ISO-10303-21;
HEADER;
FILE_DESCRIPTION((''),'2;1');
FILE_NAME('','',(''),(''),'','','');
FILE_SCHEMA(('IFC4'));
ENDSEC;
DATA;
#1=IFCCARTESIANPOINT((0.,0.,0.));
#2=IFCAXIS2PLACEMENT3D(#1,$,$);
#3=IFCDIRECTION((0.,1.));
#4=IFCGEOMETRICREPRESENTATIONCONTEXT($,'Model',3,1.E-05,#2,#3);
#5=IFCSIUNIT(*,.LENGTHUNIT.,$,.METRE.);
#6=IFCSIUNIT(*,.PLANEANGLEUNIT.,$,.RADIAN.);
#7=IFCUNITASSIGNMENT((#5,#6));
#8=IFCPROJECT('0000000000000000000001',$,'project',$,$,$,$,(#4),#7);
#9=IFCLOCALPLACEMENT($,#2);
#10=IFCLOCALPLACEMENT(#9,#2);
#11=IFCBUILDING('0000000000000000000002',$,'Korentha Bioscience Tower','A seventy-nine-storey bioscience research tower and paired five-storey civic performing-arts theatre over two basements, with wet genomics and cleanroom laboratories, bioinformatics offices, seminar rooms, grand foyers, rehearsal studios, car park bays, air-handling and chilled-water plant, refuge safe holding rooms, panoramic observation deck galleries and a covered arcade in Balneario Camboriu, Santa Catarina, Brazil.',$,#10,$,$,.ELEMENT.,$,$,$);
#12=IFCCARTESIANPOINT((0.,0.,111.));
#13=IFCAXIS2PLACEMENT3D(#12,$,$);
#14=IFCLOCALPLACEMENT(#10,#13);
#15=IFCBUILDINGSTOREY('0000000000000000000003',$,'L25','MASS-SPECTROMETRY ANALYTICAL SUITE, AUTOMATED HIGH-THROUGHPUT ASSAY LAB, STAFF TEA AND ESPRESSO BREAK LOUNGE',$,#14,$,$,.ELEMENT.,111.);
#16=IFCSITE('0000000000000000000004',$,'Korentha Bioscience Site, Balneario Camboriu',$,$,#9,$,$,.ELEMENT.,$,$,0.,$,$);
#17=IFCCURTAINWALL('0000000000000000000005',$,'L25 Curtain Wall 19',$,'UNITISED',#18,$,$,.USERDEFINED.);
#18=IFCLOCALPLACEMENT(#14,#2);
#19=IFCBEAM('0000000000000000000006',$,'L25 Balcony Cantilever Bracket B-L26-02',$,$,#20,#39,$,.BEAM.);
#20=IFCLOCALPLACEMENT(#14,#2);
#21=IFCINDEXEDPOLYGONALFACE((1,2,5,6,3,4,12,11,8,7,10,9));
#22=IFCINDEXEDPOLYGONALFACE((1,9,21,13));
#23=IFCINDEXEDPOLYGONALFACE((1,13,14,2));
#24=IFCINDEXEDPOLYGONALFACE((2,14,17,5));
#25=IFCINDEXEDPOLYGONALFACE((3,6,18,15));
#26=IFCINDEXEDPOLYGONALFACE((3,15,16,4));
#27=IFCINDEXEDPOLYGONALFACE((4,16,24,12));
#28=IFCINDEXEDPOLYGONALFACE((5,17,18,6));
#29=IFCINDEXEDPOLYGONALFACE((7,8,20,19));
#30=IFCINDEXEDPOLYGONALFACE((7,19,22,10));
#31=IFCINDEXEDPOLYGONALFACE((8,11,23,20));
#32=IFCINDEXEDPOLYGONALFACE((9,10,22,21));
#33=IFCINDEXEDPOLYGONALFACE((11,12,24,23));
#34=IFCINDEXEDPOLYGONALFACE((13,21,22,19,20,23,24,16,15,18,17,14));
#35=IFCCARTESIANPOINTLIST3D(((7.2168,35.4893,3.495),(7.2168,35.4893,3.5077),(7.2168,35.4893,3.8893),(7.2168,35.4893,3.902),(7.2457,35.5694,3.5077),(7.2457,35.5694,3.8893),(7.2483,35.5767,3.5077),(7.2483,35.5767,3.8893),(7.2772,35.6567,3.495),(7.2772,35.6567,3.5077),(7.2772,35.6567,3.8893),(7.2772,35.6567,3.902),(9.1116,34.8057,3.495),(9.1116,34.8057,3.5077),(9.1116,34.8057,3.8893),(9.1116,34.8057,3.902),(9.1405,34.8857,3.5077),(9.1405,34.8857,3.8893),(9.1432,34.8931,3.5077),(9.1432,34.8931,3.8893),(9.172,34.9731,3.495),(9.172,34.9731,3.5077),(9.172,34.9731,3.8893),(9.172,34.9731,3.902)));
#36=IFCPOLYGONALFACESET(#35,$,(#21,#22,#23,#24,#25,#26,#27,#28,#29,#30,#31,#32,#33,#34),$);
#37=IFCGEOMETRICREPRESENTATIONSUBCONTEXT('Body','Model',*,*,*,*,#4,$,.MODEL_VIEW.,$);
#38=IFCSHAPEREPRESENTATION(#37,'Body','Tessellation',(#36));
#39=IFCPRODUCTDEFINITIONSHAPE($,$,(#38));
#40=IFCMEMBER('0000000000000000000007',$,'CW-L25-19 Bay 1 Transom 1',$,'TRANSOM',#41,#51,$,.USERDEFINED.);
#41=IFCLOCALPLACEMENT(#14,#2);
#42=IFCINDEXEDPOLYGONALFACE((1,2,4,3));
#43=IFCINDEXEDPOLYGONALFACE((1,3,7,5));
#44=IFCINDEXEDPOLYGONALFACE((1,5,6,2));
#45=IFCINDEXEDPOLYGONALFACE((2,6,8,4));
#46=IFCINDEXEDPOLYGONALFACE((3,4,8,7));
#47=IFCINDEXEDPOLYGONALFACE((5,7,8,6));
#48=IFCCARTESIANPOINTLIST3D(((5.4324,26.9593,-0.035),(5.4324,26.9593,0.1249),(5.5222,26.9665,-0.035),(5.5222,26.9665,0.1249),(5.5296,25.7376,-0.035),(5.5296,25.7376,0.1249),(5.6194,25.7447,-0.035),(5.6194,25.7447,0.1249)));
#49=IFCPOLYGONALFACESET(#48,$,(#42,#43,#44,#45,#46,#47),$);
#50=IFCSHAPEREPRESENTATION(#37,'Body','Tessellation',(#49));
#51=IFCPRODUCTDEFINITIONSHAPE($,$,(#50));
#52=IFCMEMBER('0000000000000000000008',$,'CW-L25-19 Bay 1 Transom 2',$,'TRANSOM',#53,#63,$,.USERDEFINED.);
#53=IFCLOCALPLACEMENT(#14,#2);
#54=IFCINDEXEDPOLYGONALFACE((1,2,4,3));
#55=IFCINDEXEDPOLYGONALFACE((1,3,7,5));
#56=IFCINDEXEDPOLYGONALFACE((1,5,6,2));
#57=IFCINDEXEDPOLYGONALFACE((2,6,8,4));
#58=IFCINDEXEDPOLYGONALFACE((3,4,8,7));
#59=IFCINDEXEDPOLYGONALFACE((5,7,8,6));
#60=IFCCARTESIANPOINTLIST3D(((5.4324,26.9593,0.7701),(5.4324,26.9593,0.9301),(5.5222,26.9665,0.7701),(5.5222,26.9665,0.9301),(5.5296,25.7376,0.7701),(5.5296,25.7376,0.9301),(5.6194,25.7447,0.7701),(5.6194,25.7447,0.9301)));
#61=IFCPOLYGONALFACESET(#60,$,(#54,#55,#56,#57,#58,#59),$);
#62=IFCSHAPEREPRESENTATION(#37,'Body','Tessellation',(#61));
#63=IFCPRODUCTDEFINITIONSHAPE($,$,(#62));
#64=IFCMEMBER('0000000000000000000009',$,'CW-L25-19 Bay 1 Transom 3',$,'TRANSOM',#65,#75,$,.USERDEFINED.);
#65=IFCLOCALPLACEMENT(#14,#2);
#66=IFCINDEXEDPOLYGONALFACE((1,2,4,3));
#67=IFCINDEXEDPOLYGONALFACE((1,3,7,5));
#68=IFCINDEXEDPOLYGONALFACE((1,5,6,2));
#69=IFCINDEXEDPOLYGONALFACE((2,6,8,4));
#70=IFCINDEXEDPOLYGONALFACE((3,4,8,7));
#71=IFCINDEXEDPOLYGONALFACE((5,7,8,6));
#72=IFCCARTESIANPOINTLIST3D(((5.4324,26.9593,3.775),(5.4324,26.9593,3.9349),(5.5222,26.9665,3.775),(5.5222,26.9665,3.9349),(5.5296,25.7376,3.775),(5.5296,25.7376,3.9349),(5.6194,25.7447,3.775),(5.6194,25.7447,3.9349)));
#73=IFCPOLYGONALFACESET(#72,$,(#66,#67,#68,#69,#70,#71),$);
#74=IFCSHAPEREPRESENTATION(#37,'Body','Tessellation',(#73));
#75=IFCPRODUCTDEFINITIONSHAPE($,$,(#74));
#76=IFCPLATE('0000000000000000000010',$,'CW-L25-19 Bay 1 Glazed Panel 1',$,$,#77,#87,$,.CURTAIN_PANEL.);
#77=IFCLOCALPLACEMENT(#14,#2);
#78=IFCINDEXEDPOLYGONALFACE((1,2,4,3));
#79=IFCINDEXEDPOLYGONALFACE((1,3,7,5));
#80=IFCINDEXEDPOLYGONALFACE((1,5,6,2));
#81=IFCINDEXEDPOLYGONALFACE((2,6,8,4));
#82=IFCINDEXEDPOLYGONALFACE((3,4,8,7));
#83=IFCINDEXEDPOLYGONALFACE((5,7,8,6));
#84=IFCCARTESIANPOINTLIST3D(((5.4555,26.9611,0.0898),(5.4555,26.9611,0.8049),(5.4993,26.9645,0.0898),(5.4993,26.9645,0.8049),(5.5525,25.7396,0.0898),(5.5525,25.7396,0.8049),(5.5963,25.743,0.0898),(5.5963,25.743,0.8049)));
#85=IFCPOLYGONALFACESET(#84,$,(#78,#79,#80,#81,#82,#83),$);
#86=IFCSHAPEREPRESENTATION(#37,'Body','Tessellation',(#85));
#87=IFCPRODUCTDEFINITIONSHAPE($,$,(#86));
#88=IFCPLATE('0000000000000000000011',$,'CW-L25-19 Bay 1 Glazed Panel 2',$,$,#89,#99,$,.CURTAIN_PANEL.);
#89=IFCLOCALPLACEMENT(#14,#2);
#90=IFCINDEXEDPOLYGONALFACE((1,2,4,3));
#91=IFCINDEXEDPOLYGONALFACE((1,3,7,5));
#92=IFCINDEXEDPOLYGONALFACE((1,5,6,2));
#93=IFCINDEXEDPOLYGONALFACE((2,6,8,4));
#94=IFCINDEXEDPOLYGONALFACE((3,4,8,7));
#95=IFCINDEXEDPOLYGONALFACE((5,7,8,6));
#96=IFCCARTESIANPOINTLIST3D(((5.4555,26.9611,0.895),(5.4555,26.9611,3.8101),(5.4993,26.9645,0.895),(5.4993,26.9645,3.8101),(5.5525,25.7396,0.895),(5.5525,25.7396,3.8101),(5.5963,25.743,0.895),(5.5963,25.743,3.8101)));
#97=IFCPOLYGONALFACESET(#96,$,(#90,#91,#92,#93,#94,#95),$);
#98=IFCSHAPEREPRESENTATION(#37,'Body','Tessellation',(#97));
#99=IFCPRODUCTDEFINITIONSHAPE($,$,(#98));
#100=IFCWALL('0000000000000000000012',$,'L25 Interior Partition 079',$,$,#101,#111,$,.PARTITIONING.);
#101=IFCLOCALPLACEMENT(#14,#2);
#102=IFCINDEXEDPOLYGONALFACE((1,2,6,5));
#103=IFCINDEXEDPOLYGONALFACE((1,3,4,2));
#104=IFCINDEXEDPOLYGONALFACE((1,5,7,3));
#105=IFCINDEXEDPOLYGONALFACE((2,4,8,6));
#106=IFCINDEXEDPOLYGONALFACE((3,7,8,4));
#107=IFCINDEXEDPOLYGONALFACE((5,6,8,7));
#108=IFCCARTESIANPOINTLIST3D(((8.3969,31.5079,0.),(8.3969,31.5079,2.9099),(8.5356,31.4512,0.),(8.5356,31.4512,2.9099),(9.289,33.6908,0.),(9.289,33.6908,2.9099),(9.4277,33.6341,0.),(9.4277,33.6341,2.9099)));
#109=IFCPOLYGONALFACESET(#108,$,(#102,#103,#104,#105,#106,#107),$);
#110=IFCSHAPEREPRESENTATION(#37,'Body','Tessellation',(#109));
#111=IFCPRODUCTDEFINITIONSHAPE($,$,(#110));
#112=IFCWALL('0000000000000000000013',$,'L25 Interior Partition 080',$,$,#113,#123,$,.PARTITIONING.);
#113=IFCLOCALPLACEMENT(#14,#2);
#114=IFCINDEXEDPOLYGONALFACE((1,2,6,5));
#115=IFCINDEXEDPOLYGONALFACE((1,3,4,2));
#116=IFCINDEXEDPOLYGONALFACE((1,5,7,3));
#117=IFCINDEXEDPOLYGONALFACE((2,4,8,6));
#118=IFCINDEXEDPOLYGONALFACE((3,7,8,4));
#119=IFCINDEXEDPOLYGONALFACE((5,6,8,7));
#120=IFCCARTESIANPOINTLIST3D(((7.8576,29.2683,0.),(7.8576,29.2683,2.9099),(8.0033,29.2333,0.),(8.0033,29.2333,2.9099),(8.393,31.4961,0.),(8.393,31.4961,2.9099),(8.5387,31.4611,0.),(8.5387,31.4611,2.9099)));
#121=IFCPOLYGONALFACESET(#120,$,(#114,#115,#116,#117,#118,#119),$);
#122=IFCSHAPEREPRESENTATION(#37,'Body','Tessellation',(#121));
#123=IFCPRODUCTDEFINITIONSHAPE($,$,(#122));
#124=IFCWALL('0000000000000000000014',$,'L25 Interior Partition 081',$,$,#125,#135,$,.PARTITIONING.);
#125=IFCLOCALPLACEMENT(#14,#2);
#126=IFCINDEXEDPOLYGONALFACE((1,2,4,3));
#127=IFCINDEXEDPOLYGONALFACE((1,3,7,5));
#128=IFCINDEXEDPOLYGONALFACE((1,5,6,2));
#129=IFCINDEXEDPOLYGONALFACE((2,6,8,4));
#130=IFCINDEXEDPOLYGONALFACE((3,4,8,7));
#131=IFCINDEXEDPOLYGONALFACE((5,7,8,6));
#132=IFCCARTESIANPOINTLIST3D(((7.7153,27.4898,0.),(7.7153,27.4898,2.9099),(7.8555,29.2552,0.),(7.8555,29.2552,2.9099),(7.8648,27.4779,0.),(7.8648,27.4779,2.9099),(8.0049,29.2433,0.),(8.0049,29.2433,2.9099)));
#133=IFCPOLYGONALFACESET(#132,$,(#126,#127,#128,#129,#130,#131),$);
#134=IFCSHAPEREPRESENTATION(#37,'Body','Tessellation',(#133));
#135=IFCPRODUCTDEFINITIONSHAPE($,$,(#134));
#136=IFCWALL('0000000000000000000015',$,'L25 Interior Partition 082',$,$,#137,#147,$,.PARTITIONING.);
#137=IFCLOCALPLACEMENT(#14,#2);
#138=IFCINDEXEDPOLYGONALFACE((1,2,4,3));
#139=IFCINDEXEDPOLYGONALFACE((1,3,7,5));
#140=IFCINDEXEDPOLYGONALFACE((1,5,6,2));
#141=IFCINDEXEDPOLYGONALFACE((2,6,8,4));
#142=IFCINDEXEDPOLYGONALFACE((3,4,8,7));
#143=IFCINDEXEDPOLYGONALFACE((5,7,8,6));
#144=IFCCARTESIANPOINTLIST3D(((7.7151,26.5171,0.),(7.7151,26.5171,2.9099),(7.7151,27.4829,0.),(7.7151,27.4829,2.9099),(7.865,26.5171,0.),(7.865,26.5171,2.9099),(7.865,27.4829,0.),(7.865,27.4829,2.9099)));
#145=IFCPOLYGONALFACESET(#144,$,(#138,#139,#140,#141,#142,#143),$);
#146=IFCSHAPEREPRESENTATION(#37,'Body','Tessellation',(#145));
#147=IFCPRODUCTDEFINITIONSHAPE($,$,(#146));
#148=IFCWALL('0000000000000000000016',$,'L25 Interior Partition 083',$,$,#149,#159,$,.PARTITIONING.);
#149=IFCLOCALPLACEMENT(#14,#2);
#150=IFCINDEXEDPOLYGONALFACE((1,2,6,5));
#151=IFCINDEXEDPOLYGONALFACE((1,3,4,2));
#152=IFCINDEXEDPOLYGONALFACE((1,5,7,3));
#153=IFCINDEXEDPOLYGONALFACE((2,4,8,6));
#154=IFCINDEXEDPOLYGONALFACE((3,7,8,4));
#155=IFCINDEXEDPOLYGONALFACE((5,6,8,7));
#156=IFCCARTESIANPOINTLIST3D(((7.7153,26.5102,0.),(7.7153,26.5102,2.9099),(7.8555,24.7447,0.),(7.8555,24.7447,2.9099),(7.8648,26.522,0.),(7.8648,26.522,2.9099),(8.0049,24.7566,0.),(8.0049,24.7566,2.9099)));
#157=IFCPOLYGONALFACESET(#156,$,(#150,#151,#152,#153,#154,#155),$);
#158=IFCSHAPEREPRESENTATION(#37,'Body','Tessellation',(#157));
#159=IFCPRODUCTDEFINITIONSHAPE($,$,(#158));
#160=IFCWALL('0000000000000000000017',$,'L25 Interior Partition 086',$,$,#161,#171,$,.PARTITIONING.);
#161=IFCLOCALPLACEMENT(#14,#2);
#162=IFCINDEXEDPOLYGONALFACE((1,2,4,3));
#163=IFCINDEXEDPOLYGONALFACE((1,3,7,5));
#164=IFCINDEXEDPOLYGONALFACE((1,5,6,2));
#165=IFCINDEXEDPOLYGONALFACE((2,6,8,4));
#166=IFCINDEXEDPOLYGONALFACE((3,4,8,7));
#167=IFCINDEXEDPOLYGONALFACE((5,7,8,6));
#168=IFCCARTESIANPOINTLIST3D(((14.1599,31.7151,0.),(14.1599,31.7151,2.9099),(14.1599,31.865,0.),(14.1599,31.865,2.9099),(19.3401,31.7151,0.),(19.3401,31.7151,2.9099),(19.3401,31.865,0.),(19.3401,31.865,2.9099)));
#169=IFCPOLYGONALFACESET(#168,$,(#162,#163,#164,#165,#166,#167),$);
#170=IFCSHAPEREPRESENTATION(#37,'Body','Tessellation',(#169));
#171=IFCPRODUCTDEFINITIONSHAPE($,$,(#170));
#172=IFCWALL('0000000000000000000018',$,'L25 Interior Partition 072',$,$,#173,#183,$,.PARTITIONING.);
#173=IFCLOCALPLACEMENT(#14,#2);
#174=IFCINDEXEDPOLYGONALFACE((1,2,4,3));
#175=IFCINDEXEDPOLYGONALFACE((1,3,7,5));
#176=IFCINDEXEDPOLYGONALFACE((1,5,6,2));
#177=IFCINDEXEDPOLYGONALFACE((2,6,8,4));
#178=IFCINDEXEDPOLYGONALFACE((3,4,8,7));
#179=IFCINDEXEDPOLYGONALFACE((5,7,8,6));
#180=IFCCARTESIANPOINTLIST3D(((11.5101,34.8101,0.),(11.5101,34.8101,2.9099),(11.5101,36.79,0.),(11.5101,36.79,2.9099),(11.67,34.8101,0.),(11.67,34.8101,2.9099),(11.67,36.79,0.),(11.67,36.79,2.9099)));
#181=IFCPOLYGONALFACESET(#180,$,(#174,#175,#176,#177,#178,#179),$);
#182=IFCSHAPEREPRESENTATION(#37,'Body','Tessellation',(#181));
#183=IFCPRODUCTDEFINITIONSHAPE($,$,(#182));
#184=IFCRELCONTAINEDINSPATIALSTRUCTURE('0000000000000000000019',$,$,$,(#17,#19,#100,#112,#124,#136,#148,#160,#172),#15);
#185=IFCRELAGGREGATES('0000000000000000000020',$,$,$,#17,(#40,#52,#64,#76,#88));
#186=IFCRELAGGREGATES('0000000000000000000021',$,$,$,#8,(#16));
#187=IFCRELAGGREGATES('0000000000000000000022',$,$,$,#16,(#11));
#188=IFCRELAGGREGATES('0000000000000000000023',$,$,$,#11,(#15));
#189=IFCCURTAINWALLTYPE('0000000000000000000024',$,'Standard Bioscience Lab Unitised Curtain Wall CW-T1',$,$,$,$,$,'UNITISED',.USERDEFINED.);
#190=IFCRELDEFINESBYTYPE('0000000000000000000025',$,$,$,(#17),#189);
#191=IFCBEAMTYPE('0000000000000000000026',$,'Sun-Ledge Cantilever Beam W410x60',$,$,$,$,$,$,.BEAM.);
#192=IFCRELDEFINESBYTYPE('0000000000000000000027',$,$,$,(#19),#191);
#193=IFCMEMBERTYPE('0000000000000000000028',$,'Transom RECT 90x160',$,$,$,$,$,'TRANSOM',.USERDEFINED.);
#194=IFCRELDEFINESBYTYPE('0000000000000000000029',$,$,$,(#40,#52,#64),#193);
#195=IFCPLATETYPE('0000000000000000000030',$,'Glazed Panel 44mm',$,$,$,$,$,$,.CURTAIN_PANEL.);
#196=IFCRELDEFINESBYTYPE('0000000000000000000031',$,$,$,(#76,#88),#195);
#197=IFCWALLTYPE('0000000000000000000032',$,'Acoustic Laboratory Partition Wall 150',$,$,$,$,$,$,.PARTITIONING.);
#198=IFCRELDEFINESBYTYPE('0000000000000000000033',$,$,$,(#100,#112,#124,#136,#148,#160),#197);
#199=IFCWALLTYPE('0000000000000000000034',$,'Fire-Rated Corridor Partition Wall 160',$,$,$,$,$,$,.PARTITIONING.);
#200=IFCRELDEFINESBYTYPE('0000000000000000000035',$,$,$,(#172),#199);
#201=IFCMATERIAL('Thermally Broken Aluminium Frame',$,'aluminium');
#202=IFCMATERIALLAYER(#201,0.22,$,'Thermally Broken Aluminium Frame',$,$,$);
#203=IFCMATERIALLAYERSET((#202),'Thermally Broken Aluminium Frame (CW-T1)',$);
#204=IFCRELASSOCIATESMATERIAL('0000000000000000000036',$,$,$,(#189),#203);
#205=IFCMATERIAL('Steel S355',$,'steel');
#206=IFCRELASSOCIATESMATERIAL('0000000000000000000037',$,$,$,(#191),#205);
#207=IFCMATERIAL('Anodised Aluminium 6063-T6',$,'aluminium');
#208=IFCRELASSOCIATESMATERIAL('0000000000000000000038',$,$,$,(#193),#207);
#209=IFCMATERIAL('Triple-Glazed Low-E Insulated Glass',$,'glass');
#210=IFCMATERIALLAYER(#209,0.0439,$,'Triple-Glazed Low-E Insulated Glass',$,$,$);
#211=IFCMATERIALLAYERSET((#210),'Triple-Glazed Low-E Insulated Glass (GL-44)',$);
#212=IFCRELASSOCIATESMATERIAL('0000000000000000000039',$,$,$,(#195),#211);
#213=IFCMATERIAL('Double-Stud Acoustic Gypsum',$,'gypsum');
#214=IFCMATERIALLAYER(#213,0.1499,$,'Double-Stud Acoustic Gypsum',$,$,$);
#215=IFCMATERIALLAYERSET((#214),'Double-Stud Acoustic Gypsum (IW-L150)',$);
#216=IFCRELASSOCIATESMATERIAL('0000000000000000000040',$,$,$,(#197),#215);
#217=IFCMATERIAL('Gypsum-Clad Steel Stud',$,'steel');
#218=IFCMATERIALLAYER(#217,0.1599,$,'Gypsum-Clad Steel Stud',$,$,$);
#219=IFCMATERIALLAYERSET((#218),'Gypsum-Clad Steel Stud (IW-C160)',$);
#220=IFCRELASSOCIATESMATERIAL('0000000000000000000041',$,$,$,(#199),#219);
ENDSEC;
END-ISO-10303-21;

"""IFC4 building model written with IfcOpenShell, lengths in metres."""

from ifc_helpers import new_model, si_unit, direction, frame, frame_2d, origin, origin_2d, place, context, subcontext, project, spatial, rectangle, i_section, extrude, material, layer, layer_set, material_profile, profile_set, type_object, element, aggregate, save


model = new_model("IFC4")

# Units and contexts
model_context = context("Model", 3, precision=1e-05, world=origin(), true_north=direction((0.0, 1.0)))
body_context = subcontext(model_context, "Body", "Model", "MODEL_VIEW")
ifc_project = project(units=[si_unit("LENGTHUNIT", "METRE"), si_unit("PLANEANGLEUNIT", "RADIAN")], contexts=[model_context])

# Site, building, storey
site_placement = place(None, origin())
site = spatial("IfcSite", under=ifc_project, at=site_placement, Name="Korentha Bioscience Site, Balneario Camboriu", CompositionType="ELEMENT", RefElevation=0.0)
building_placement = place(site_placement, origin())
building = spatial("IfcBuilding", under=site, at=building_placement, Name="Korentha Bioscience Tower", Description="A seventy-nine-storey bioscience research tower and paired five-storey civic performing-arts theatre over two basements, with wet genomics and cleanroom laboratories, bioinformatics offices, seminar rooms, grand foyers, rehearsal studios, car park bays, air-handling and chilled-water plant, refuge safe holding rooms, panoramic observation deck galleries and a covered arcade in Balneario Camboriu, Santa Catarina, Brazil.", CompositionType="ELEMENT")
storey_placement = place(building_placement, frame((0.0, 0.0, 111.0)))
storey = spatial("IfcBuildingStorey", under=building, at=storey_placement, Name="L25", Description="MASS-SPECTROMETRY ANALYTICAL SUITE, AUTOMATED HIGH-THROUGHPUT ASSAY LAB, STAFF TEA AND ESPRESSO BREAK LOUNGE", CompositionType="ELEMENT", Elevation=111.0)

# Curtain wall
ifc_material_1 = material(Name="Thermally Broken Aluminium Frame", Category="aluminium")
ifc_layer_1 = layer(ifc_material_1, 0.22, Name="Thermally Broken Aluminium Frame")
ifc_layer_set_1 = layer_set([ifc_layer_1], Name="Thermally Broken Aluminium Frame (CW-T1)")
curtain_wall_type = type_object("IfcCurtainWallType", Name="Standard Bioscience Lab Unitised Curtain Wall CW-T1", ElementType="UNITISED", PredefinedType="USERDEFINED", material=ifc_layer_set_1)
curtain_wall_placement = place(storey_placement, origin())
curtain_wall = element("IfcCurtainWall", 1, at=curtain_wall_placement, inside=storey, type_object=curtain_wall_type, Name="L25 Curtain Wall 19", ObjectType="UNITISED", PredefinedType="USERDEFINED")
ifc_material_2 = material(Name="Anodised Aluminium 6063-T6", Category="aluminium")

# Beam
ifc_material_3 = material(Name="Steel S355", Category="steel")
ifc_material_profile_1 = material_profile(ifc_material_3, i_section(OverallWidth=0.178, OverallDepth=0.407, WebThickness=0.0078, FlangeThickness=0.0127, at=origin_2d()), Name="Steel S355")
ifc_profile_set_1 = profile_set([ifc_material_profile_1], Name="Steel S355 (CB-410)")
beam_type_1 = type_object("IfcBeamType", Name="Sun-Ledge Cantilever Beam W410x60", PredefinedType="BEAM", material=ifc_profile_set_1)
beam_1_placement = place(storey_placement, frame((9.1418, 34.8894, 3.6985), z_axis=(-0.940654, 0.339367, 0.0), x_axis=(-0.339367, -0.940654, 0.0)))
element("IfcBeam", 2, at=beam_1_placement, inside=storey, type_object=beam_type_1, Name="L25 Balcony Cantilever Bracket B-L26-02", PredefinedType="BEAM", context=body_context, shape_type="SweptSolid", body=[
    extrude(i_section(OverallWidth=0.178, OverallDepth=0.407, WebThickness=0.0078, FlangeThickness=0.0127, at=origin_2d()), origin(), (0.0, 0.0, 1.0), 2.0144),
])

# Members
ifc_material_profile_2 = material_profile(ifc_material_2, rectangle(XDim=0.0901, YDim=0.1599, at=origin_2d()), Name="Anodised Aluminium 6063-T6")
ifc_profile_set_2 = profile_set([ifc_material_profile_2], Name="Anodised Aluminium 6063-T6 (CW-TRN)")
member_type_1 = type_object("IfcMemberType", Name="Transom RECT 90x160", ElementType="TRANSOM", PredefinedType="USERDEFINED", material=ifc_profile_set_2)
member_1_placement = place(storey_placement, frame((5.4773, 26.9629, 0.0449), z_axis=(0.079286, -0.996852, 0.0), x_axis=(0.996852, 0.079286, 0.0)))
member_1 = element("IfcMember", 3, at=member_1_placement, type_object=member_type_1, Name="CW-L25-19 Bay 1 Transom 1", ObjectType="TRANSOM", PredefinedType="USERDEFINED", context=body_context, shape_type="SweptSolid", body=[
    extrude(rectangle(XDim=0.0901, YDim=0.1599, at=origin_2d()), origin(), (0.0, 0.0, 1.0), 1.2256),
])
member_2_placement = place(storey_placement, frame((5.4773, 26.9629, 0.8501), z_axis=(0.079286, -0.996852, 0.0), x_axis=(0.996852, 0.079286, 0.0)))
member_2 = element("IfcMember", 4, at=member_2_placement, type_object=member_type_1, Name="CW-L25-19 Bay 1 Transom 2", ObjectType="TRANSOM", PredefinedType="USERDEFINED", context=body_context, shape_type="SweptSolid", body=[
    extrude(rectangle(XDim=0.0901, YDim=0.1599, at=origin_2d()), origin(), (0.0, 0.0, 1.0), 1.2256),
])
member_3_placement = place(storey_placement, frame((5.4773, 26.9629, 3.855), z_axis=(0.079286, -0.996852, 0.0), x_axis=(0.996852, 0.079286, 0.0)))
member_3 = element("IfcMember", 5, at=member_3_placement, type_object=member_type_1, Name="CW-L25-19 Bay 1 Transom 3", ObjectType="TRANSOM", PredefinedType="USERDEFINED", context=body_context, shape_type="SweptSolid", body=[
    extrude(rectangle(XDim=0.0901, YDim=0.1599, at=origin_2d()), origin(), (0.0, 0.0, 1.0), 1.2256),
])

# Plates
ifc_material_4 = material(Name="Triple-Glazed Low-E Insulated Glass", Category="glass")
ifc_layer_2 = layer(ifc_material_4, 0.0439, Name="Triple-Glazed Low-E Insulated Glass")
ifc_layer_set_2 = layer_set([ifc_layer_2], Name="Triple-Glazed Low-E Insulated Glass (GL-44)")
plate_type = type_object("IfcPlateType", Name="Glazed Panel 44mm", PredefinedType="CURTAIN_PANEL", material=ifc_layer_set_2)
plate_1_placement = place(storey_placement, frame((5.5259, 26.3521, 0.0898), z_axis=(0.0, 0.0, 1.0), x_axis=(0.07913, -0.996864, 0.0)))
plate_1 = element("IfcPlate", 6, at=plate_1_placement, type_object=plate_type, Name="CW-L25-19 Bay 1 Glazed Panel 1", PredefinedType="CURTAIN_PANEL", context=body_context, shape_type="SweptSolid", body=[
    extrude(rectangle(XDim=1.2253, YDim=0.0439, at=origin_2d()), origin(), (0.0, 0.0, 1.0), 0.7151),
])
plate_2_placement = place(storey_placement, frame((5.5259, 26.3521, 0.895), z_axis=(0.0, 0.0, 1.0), x_axis=(0.07913, -0.996864, 0.0)))
plate_2 = element("IfcPlate", 7, at=plate_2_placement, type_object=plate_type, Name="CW-L25-19 Bay 1 Glazed Panel 2", PredefinedType="CURTAIN_PANEL", context=body_context, shape_type="SweptSolid", body=[
    extrude(rectangle(XDim=1.2253, YDim=0.0439, at=origin_2d()), origin(), (0.0, 0.0, 1.0), 2.915),
])
aggregate(curtain_wall, [member_1, member_2, member_3, plate_1, plate_2])

# Walls
ifc_material_5 = material(Name="Double-Stud Acoustic Gypsum", Category="gypsum")
ifc_layer_3 = layer(ifc_material_5, 0.1499, Name="Double-Stud Acoustic Gypsum")
ifc_layer_set_3 = layer_set([ifc_layer_3], Name="Double-Stud Acoustic Gypsum (IW-L150)")
wall_type_1 = type_object("IfcWallType", Name="Acoustic Laboratory Partition Wall 150", PredefinedType="PARTITIONING", material=ifc_layer_set_3)
wall_1_placement = place(storey_placement, frame((9.3584, 33.6626, 0.0), z_axis=(0.0, 0.0, 1.0), x_axis=(-0.378306, -0.92568, 0.0)))
element("IfcWall", 8, at=wall_1_placement, inside=storey, type_object=wall_type_1, Name="L25 Interior Partition 079", PredefinedType="PARTITIONING", context=body_context, shape_type="SweptSolid", body=[
    extrude(rectangle(XDim=2.3582, YDim=0.1499, at=frame_2d((1.1792, 0.0))), origin(), (0.0, 0.0, 1.0), 2.9099),
])
wall_2_placement = place(storey_placement, frame((8.4658, 31.4785, 0.0), z_axis=(0.0, 0.0, 1.0), x_axis=(-0.233675, -0.972315, 0.0)))
element("IfcWall", 9, at=wall_2_placement, inside=storey, type_object=wall_type_1, Name="L25 Interior Partition 080", PredefinedType="PARTITIONING", context=body_context, shape_type="SweptSolid", body=[
    extrude(rectangle(XDim=2.2913, YDim=0.1499, at=frame_2d((1.1455, 0.0))), origin(), (0.0, 0.0, 1.0), 2.9099),
])
wall_3_placement = place(storey_placement, frame((7.9302, 29.2493, 0.0), z_axis=(0.0, 0.0, 1.0), x_axis=(-0.079132, -0.996864, 0.0)))
element("IfcWall", 10, at=wall_3_placement, inside=storey, type_object=wall_type_1, Name="L25 Interior Partition 081", PredefinedType="PARTITIONING", context=body_context, shape_type="SweptSolid", body=[
    extrude(rectangle(XDim=1.771, YDim=0.1499, at=frame_2d((0.8855, 0.0))), origin(), (0.0, 0.0, 1.0), 2.9099),
])
wall_4_placement = place(storey_placement, frame((7.79, 27.4829, 0.0), z_axis=(0.0, 0.0, 1.0), x_axis=(0.0, -1.0, 0.0)))
element("IfcWall", 11, at=wall_4_placement, inside=storey, type_object=wall_type_1, Name="L25 Interior Partition 082", PredefinedType="PARTITIONING", context=body_context, shape_type="SweptSolid", body=[
    extrude(rectangle(XDim=0.9658, YDim=0.1499, at=frame_2d((0.4829, 0.0))), origin(), (0.0, 0.0, 1.0), 2.9099),
])
wall_5_placement = place(storey_placement, frame((7.79, 26.5161, 0.0), z_axis=(0.0, 0.0, 1.0), x_axis=(0.079132, -0.996864, 0.0)))
element("IfcWall", 12, at=wall_5_placement, inside=storey, type_object=wall_type_1, Name="L25 Interior Partition 083", PredefinedType="PARTITIONING", context=body_context, shape_type="SweptSolid", body=[
    extrude(rectangle(XDim=1.771, YDim=0.1499, at=frame_2d((0.8855, 0.0))), origin(), (0.0, 0.0, 1.0), 2.9099),
])
wall_6_placement = place(storey_placement, frame((14.1599, 31.79, 0.0), z_axis=(0.0, 0.0, 1.0), x_axis=(1.0, 0.0, 0.0)))
element("IfcWall", 13, at=wall_6_placement, inside=storey, type_object=wall_type_1, Name="L25 Interior Partition 086", PredefinedType="PARTITIONING", context=body_context, shape_type="SweptSolid", body=[
    extrude(rectangle(XDim=5.1802, YDim=0.1499, at=frame_2d((2.5901, 0.0))), origin(), (0.0, 0.0, 1.0), 2.9099),
])
ifc_material_6 = material(Name="Gypsum-Clad Steel Stud", Category="steel")
ifc_layer_4 = layer(ifc_material_6, 0.1599, Name="Gypsum-Clad Steel Stud")
ifc_layer_set_4 = layer_set([ifc_layer_4], Name="Gypsum-Clad Steel Stud (IW-C160)")
wall_type_2 = type_object("IfcWallType", Name="Fire-Rated Corridor Partition Wall 160", PredefinedType="PARTITIONING", material=ifc_layer_set_4)
wall_7_placement = place(storey_placement, frame((11.5901, 34.8101, 0.0), z_axis=(0.0, 0.0, 1.0), x_axis=(0.0, 1.0, 0.0)))
element("IfcWall", 14, at=wall_7_placement, inside=storey, type_object=wall_type_2, Name="L25 Interior Partition 072", PredefinedType="PARTITIONING", context=body_context, shape_type="SweptSolid", body=[
    extrude(rectangle(XDim=1.98, YDim=0.1599, at=frame_2d((0.99, 0.0))), origin(), (0.0, 0.0, 1.0), 2.9099),
])

save(model, "model.ifc")
